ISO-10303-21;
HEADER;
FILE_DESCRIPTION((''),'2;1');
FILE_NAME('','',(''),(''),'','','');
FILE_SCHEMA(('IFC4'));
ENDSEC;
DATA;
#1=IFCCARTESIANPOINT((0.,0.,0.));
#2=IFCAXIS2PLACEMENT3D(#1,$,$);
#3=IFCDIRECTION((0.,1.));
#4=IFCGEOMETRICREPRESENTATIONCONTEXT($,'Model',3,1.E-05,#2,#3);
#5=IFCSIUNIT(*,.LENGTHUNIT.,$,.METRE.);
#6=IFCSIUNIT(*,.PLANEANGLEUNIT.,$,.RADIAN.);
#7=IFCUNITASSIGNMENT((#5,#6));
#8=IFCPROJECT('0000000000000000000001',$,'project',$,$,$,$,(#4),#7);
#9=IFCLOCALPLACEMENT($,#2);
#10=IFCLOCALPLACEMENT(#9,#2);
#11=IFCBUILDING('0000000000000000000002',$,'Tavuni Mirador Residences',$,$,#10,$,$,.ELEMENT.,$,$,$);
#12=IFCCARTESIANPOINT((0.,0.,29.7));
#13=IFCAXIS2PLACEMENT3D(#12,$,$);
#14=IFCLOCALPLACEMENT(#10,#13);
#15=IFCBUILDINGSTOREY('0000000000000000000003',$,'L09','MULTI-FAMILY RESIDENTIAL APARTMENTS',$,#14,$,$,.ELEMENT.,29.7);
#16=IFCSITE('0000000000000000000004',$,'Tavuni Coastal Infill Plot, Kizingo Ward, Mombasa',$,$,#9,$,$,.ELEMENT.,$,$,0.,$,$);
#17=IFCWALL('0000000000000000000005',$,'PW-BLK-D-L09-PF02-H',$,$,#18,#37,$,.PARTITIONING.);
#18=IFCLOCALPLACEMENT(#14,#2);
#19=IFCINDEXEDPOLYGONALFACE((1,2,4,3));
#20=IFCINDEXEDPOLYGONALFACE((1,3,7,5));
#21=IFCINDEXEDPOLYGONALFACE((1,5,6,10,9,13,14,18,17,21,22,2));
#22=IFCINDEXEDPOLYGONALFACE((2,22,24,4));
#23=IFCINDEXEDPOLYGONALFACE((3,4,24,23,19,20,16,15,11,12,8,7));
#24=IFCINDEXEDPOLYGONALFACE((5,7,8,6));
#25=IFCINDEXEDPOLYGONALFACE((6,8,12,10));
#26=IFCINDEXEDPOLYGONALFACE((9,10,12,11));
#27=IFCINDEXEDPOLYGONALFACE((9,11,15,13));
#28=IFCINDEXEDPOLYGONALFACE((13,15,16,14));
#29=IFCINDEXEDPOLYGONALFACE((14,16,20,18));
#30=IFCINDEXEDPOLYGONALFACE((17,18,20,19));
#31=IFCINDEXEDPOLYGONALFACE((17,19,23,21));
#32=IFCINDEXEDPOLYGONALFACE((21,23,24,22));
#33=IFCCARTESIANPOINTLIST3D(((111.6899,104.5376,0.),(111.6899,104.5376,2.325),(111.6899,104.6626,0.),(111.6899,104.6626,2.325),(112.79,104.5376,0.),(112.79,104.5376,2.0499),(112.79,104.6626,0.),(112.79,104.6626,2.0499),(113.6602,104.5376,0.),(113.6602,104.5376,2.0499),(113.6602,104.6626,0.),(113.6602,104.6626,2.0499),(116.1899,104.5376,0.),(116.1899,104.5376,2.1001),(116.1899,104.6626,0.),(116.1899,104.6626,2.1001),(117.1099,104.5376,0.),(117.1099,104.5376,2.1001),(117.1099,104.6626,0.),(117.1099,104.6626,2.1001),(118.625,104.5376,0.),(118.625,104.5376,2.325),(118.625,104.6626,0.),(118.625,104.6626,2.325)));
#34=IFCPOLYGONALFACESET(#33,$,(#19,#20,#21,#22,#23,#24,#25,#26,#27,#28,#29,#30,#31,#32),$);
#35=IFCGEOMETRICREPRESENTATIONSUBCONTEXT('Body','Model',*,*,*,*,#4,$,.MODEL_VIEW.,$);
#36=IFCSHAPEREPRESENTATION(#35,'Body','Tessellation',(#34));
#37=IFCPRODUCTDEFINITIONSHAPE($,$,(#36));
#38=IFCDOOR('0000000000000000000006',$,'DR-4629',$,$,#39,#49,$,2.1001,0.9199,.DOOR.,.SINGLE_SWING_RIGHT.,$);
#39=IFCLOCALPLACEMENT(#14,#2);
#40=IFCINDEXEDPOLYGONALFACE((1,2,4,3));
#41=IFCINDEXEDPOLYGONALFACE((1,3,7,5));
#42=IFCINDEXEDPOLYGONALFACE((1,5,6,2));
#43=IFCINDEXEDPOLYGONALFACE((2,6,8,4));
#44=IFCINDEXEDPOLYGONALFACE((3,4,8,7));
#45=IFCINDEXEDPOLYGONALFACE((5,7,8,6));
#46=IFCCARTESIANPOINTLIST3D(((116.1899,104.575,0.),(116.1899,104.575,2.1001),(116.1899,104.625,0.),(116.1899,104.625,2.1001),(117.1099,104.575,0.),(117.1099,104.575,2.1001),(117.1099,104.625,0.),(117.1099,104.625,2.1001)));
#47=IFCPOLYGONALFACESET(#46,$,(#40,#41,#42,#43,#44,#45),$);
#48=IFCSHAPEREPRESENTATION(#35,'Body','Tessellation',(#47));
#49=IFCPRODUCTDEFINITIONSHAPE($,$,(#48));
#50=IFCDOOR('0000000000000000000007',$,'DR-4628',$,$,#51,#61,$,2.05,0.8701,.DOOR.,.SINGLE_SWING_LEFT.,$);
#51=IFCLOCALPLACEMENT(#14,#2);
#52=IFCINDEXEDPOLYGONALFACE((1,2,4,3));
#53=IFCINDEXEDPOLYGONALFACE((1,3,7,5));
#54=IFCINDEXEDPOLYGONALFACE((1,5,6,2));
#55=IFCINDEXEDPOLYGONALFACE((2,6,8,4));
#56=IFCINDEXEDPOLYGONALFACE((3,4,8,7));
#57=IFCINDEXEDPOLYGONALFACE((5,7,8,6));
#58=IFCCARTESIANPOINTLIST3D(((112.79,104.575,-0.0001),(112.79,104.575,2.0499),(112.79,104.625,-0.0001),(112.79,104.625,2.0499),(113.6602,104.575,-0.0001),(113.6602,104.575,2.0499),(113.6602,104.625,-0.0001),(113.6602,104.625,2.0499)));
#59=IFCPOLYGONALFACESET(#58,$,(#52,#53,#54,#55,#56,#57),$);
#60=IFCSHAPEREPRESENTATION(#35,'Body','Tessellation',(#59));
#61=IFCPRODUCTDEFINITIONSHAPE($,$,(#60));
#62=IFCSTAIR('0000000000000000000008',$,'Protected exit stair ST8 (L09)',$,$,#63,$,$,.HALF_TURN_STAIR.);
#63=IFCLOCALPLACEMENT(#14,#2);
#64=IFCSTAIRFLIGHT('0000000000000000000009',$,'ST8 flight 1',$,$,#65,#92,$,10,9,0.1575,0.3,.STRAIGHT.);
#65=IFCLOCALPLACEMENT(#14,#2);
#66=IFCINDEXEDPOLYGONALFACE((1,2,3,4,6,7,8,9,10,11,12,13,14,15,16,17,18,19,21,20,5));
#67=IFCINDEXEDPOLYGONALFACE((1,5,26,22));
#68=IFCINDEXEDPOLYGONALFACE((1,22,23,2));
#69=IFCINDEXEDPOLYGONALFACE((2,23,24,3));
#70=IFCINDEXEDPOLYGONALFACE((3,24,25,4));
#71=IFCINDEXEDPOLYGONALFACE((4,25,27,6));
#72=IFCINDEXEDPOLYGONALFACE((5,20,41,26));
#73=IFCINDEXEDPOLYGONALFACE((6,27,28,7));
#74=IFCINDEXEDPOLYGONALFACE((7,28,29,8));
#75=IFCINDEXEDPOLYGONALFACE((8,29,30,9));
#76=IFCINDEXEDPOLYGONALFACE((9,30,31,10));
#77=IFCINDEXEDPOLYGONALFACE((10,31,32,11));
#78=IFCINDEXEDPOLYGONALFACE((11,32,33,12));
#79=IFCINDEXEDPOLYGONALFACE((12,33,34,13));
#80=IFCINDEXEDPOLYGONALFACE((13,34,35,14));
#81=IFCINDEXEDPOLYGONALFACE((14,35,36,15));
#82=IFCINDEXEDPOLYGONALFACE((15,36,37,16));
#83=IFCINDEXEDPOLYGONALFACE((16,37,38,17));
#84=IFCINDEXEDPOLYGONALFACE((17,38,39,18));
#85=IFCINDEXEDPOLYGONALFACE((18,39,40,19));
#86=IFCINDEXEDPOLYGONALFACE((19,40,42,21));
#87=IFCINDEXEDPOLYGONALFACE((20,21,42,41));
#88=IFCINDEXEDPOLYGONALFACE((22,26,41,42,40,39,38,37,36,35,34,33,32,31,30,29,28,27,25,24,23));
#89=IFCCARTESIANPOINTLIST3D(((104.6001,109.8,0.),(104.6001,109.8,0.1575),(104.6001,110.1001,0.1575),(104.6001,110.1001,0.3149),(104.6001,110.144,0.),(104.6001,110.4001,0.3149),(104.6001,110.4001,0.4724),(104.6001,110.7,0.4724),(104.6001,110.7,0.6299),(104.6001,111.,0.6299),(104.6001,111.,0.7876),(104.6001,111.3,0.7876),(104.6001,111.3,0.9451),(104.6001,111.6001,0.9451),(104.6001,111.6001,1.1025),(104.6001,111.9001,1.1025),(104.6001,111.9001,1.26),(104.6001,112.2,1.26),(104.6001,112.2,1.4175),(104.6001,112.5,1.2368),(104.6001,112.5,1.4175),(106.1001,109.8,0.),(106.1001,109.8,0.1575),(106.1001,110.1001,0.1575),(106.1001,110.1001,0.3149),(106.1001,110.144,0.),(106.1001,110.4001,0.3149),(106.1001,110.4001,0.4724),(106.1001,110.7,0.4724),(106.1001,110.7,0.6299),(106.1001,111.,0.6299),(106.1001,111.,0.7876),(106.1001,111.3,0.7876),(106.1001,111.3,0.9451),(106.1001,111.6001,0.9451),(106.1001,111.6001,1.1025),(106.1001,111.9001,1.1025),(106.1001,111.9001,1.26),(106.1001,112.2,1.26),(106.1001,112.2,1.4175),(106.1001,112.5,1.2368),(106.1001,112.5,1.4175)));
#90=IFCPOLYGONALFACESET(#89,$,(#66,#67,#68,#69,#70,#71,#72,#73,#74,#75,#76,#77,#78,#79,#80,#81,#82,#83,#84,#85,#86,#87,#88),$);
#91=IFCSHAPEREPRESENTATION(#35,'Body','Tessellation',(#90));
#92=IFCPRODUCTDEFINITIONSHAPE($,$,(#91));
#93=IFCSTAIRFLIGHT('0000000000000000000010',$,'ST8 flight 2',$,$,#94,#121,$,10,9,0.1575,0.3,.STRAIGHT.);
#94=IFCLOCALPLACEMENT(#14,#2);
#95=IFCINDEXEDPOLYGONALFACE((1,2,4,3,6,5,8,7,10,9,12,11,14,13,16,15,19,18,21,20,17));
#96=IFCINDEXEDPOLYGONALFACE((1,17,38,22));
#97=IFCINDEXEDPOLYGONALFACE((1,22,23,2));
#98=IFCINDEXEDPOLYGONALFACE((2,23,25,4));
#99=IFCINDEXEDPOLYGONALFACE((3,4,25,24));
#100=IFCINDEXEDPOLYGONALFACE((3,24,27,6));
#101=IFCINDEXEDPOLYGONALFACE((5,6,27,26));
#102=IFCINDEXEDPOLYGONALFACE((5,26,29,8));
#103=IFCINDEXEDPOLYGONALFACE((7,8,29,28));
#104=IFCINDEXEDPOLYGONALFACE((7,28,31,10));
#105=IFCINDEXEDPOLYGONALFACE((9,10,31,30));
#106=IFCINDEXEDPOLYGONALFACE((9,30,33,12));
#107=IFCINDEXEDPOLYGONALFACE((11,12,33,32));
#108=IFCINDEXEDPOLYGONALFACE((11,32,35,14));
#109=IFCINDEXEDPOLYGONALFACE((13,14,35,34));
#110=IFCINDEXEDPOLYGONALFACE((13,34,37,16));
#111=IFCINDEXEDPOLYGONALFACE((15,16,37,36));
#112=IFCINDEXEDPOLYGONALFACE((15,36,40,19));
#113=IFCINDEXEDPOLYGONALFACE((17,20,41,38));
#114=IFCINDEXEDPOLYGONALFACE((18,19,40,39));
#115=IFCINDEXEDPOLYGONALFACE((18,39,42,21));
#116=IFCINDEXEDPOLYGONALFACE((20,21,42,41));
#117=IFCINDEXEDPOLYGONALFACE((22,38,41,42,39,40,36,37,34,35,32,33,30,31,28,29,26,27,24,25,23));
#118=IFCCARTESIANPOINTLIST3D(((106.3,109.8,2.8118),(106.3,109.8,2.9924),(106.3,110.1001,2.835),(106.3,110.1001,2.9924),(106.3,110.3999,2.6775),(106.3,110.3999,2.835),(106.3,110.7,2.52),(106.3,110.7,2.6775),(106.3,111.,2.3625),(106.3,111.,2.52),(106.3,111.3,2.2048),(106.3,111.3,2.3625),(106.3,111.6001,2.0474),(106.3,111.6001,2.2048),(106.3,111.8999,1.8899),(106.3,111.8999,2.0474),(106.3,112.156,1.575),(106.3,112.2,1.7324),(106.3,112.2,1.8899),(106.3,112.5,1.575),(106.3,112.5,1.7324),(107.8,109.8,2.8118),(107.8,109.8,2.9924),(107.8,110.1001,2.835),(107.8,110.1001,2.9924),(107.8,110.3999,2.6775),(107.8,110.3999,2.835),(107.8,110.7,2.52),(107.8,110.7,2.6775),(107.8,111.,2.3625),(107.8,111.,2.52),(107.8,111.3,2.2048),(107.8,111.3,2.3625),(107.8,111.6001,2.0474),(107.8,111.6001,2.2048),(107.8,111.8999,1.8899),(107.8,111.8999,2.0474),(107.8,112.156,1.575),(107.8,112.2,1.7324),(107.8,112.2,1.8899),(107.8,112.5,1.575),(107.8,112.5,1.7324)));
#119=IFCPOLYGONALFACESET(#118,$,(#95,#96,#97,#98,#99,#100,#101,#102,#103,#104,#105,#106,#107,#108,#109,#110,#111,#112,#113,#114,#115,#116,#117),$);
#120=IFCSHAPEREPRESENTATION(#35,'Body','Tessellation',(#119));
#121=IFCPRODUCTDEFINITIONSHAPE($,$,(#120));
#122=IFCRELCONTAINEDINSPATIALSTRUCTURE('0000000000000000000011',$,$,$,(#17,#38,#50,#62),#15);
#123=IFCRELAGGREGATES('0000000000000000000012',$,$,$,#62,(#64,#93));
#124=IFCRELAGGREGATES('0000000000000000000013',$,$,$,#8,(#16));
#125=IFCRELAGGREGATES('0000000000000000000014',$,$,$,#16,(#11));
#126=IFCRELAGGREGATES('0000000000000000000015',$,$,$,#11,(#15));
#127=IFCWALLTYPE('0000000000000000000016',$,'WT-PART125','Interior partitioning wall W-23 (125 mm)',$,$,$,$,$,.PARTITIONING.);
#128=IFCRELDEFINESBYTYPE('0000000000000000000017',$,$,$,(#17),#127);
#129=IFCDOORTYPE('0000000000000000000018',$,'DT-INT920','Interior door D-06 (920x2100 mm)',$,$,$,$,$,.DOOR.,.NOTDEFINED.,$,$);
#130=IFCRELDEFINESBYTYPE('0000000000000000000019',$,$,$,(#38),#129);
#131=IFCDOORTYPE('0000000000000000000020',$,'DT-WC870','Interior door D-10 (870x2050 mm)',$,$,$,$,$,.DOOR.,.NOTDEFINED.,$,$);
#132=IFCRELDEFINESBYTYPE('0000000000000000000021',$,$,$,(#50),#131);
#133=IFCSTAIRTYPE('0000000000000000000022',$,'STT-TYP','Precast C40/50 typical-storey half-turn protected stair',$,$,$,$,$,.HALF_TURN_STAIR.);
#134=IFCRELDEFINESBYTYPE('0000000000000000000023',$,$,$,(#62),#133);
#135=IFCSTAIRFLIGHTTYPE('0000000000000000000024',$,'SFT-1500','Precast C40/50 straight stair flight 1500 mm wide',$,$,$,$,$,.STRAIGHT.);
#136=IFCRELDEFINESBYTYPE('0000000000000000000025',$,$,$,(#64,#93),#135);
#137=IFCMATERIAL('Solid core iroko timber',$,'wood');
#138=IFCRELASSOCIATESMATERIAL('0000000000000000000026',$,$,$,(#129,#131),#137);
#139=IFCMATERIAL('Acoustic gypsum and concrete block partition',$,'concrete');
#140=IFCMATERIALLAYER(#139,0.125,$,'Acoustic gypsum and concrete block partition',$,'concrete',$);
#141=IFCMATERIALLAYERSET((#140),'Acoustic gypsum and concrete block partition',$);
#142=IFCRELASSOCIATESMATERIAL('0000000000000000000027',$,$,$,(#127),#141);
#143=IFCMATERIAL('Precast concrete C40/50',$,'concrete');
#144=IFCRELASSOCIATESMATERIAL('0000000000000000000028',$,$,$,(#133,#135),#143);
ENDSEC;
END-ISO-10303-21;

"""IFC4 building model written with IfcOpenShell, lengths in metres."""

from ifc_helpers import new_model, si_unit, direction, frame, frame_2d, origin, place, context, subcontext, project, spatial, polyline, rectangle, outline, extrude, material, layer, layer_set, type_object, element, fill, aggregate, save


model = new_model("IFC4")

# Units and contexts
model_context = context("Model", 3, precision=1e-05, world=origin(), true_north=direction((0.0, 1.0)))
body_context = subcontext(model_context, "Body", "Model", "MODEL_VIEW")
ifc_project = project(units=[si_unit("LENGTHUNIT", "METRE"), si_unit("PLANEANGLEUNIT", "RADIAN")], contexts=[model_context])

# Site, building, storey
site_placement = place(None, origin())
site = spatial("IfcSite", under=ifc_project, at=site_placement, Name="Tavuni Coastal Infill Plot, Kizingo Ward, Mombasa", CompositionType="ELEMENT", RefElevation=0.0)
building_placement = place(site_placement, origin())
building = spatial("IfcBuilding", under=site, at=building_placement, Name="Tavuni Mirador Residences", CompositionType="ELEMENT")
storey_placement = place(building_placement, frame((0.0, 0.0, 29.7)))
storey = spatial("IfcBuildingStorey", under=building, at=storey_placement, Name="L09", Description="MULTI-FAMILY RESIDENTIAL APARTMENTS", CompositionType="ELEMENT", Elevation=29.7)

# Shared definitions
ifc_material_1 = material(Name="Precast concrete C40/50", Category="concrete")

# Shared definitions
ifc_material_2 = material(Name="Solid core iroko timber", Category="wood")
ifc_material_3 = material(Name="Acoustic gypsum and concrete block partition", Category="concrete")
door_type_1 = type_object("IfcDoorType", Name="DT-INT920", Description="Interior door D-06 (920x2100 mm)", OperationType="NOTDEFINED", PredefinedType="DOOR", material=ifc_material_2)

# Wall, openings, doors
ifc_layer_1 = layer(ifc_material_3, 0.125, Name="Acoustic gypsum and concrete block partition", Category="concrete")
ifc_layer_set_1 = layer_set([ifc_layer_1], Name="Acoustic gypsum and concrete block partition")
wall_type_1 = type_object("IfcWallType", Name="WT-PART125", Description="Interior partitioning wall W-23 (125 mm)", PredefinedType="PARTITIONING", material=ifc_layer_set_1)
wall_1_placement = place(storey_placement, frame((111.6899, 104.6001, 0.0), z_axis=(0.0, 0.0, 1.0), x_axis=(1.0, 0.0, 0.0)))
wall_1 = element("IfcWall", 1, at=wall_1_placement, inside=storey, type_object=wall_type_1, Name="PW-BLK-D-L09-PF02-H", PredefinedType="PARTITIONING", context=body_context, shape_type="SweptSolid", body=[
    extrude(rectangle(XDim=6.9351, YDim=0.125, at=frame_2d((3.4675, 0.0))), origin(), (0.0, 0.0, 1.0), 2.325),
])
opening_1_placement = place(wall_1_placement, frame((1.1001, 0.0, 0.0)))
opening_1 = element("IfcOpeningElement", 2, at=opening_1_placement, cuts=wall_1, PredefinedType="OPENING", context=body_context, shape_type="SweptSolid", body=[
    extrude(rectangle(XDim=0.8701, YDim=2.05, at=frame_2d((0.4351, 1.0249))), frame((0.0, 0.0725, 0.0), z_axis=(0.0, -1.0, 0.0), x_axis=(1.0, 0.0, 0.0)), (0.0, 0.0, 1.0), 0.145),
])
opening_2_placement = place(wall_1_placement, frame((4.5, 0.0, 0.0)))
opening_2 = element("IfcOpeningElement", 3, at=opening_2_placement, cuts=wall_1, PredefinedType="OPENING", context=body_context, shape_type="SweptSolid", body=[
    extrude(rectangle(XDim=0.9199, YDim=2.1001, at=frame_2d((0.46, 1.05))), frame((0.0, 0.0725, 0.0), z_axis=(0.0, -1.0, 0.0), x_axis=(1.0, 0.0, 0.0)), (0.0, 0.0, 1.0), 0.145),
])
door_1_placement = place(opening_2_placement, origin())
door_1 = element("IfcDoor", 4, at=door_1_placement, inside=storey, type_object=door_type_1, Name="DR-4629", OperationType="SINGLE_SWING_RIGHT", OverallHeight=2.1001, OverallWidth=0.9199, PredefinedType="DOOR", context=body_context, shape_type="SweptSolid", body=[
    extrude(rectangle(XDim=0.9199, YDim=2.1001, at=frame_2d((0.46, 1.05))), frame((0.0, 0.0249, 0.0), z_axis=(0.0, -1.0, 0.0), x_axis=(1.0, 0.0, 0.0)), (0.0, 0.0, 1.0), 0.05),
])
fill(opening_2, door_1)
door_type_2 = type_object("IfcDoorType", Name="DT-WC870", Description="Interior door D-10 (870x2050 mm)", OperationType="NOTDEFINED", PredefinedType="DOOR", material=ifc_material_2)
door_2_placement = place(opening_1_placement, origin())
door_2 = element("IfcDoor", 5, at=door_2_placement, inside=storey, type_object=door_type_2, Name="DR-4628", OperationType="SINGLE_SWING_LEFT", OverallHeight=2.05, OverallWidth=0.8701, PredefinedType="DOOR", context=body_context, shape_type="SweptSolid", body=[
    extrude(rectangle(XDim=0.8701, YDim=2.05, at=frame_2d((0.4351, 1.0249))), frame((0.0, 0.0249, 0.0), z_axis=(0.0, -1.0, 0.0), x_axis=(1.0, 0.0, 0.0)), (0.0, 0.0, 1.0), 0.05),
])
fill(opening_1, door_2)

# Stair, stair flights
stair_type = type_object("IfcStairType", Name="STT-TYP", Description="Precast C40/50 typical-storey half-turn protected stair", PredefinedType="HALF_TURN_STAIR", material=ifc_material_1)
stair_placement = place(storey_placement, origin())
stair = element("IfcStair", 6, at=stair_placement, inside=storey, type_object=stair_type, Name="Protected exit stair ST8 (L09)", PredefinedType="HALF_TURN_STAIR")
stair_flight_type = type_object("IfcStairFlightType", Name="SFT-1500", Description="Precast C40/50 straight stair flight 1500 mm wide", PredefinedType="STRAIGHT", material=ifc_material_1)
stair_flight_1_placement = place(storey_placement, frame((105.3501, 109.8, 0.0), z_axis=(0.0, 0.0, 1.0), x_axis=(0.0, 1.0, 0.0)))
stair_flight_1 = element("IfcStairFlight", 7, at=stair_flight_1_placement, type_object=stair_flight_type, Name="ST8 flight 1", NumberOfRisers=10, NumberOfTreads=9, PredefinedType="STRAIGHT", RiserHeight=0.1575, TreadLength=0.3, context=body_context, shape_type="SweptSolid", body=[
    extrude(outline(polyline([(0.0, 0.0), (0.0, 0.1575), (0.3, 0.1575), (0.3, 0.3149), (0.6001, 0.3149), (0.6001, 0.4724), (0.8999, 0.4724), (0.8999, 0.6299), (1.2, 0.6299), (1.2, 0.7876), (1.5, 0.7876), (1.5, 0.9451), (1.8, 0.9451), (1.8, 1.1025), (2.1001, 1.1025), (2.1001, 1.26), (2.3999, 1.26), (2.3999, 1.4175), (2.7, 1.4175), (2.7, 1.575), (2.7, 1.2368), (0.344, 0.0), (0.0, 0.0)])), frame((0.0, 0.75, 0.0), z_axis=(0.0, -1.0, 0.0), x_axis=(1.0, 0.0, 0.0)), (0.0, 0.0, 1.0), 1.5),
])
stair_flight_2_placement = place(storey_placement, frame((107.05, 112.5, 1.575), z_axis=(0.0, 0.0, 1.0), x_axis=(0.0, -1.0, 0.0)))
stair_flight_2 = element("IfcStairFlight", 8, at=stair_flight_2_placement, type_object=stair_flight_type, Name="ST8 flight 2", NumberOfRisers=10, NumberOfTreads=9, PredefinedType="STRAIGHT", RiserHeight=0.1575, TreadLength=0.3, context=body_context, shape_type="SweptSolid", body=[
    extrude(outline(polyline([(0.0, 0.0), (0.0, 0.1575), (0.3, 0.1575), (0.3, 0.3149), (0.6001, 0.3149), (0.6001, 0.4724), (0.8999, 0.4724), (0.8999, 0.6299), (1.2, 0.6299), (1.2, 0.7876), (1.5, 0.7876), (1.5, 0.9451), (1.8, 0.9451), (1.8, 1.1025), (2.1001, 1.1025), (2.1001, 1.26), (2.3999, 1.26), (2.3999, 1.4175), (2.7, 1.4175), (2.7, 1.575), (2.7, 1.2368), (0.344, 0.0), (0.0, 0.0)])), frame((0.0, 0.75, 0.0), z_axis=(0.0, -1.0, 0.0), x_axis=(1.0, 0.0, 0.0)), (0.0, 0.0, 1.0), 1.5),
])
aggregate(stair, [stair_flight_1, stair_flight_2])

save(model, "model.ifc")
